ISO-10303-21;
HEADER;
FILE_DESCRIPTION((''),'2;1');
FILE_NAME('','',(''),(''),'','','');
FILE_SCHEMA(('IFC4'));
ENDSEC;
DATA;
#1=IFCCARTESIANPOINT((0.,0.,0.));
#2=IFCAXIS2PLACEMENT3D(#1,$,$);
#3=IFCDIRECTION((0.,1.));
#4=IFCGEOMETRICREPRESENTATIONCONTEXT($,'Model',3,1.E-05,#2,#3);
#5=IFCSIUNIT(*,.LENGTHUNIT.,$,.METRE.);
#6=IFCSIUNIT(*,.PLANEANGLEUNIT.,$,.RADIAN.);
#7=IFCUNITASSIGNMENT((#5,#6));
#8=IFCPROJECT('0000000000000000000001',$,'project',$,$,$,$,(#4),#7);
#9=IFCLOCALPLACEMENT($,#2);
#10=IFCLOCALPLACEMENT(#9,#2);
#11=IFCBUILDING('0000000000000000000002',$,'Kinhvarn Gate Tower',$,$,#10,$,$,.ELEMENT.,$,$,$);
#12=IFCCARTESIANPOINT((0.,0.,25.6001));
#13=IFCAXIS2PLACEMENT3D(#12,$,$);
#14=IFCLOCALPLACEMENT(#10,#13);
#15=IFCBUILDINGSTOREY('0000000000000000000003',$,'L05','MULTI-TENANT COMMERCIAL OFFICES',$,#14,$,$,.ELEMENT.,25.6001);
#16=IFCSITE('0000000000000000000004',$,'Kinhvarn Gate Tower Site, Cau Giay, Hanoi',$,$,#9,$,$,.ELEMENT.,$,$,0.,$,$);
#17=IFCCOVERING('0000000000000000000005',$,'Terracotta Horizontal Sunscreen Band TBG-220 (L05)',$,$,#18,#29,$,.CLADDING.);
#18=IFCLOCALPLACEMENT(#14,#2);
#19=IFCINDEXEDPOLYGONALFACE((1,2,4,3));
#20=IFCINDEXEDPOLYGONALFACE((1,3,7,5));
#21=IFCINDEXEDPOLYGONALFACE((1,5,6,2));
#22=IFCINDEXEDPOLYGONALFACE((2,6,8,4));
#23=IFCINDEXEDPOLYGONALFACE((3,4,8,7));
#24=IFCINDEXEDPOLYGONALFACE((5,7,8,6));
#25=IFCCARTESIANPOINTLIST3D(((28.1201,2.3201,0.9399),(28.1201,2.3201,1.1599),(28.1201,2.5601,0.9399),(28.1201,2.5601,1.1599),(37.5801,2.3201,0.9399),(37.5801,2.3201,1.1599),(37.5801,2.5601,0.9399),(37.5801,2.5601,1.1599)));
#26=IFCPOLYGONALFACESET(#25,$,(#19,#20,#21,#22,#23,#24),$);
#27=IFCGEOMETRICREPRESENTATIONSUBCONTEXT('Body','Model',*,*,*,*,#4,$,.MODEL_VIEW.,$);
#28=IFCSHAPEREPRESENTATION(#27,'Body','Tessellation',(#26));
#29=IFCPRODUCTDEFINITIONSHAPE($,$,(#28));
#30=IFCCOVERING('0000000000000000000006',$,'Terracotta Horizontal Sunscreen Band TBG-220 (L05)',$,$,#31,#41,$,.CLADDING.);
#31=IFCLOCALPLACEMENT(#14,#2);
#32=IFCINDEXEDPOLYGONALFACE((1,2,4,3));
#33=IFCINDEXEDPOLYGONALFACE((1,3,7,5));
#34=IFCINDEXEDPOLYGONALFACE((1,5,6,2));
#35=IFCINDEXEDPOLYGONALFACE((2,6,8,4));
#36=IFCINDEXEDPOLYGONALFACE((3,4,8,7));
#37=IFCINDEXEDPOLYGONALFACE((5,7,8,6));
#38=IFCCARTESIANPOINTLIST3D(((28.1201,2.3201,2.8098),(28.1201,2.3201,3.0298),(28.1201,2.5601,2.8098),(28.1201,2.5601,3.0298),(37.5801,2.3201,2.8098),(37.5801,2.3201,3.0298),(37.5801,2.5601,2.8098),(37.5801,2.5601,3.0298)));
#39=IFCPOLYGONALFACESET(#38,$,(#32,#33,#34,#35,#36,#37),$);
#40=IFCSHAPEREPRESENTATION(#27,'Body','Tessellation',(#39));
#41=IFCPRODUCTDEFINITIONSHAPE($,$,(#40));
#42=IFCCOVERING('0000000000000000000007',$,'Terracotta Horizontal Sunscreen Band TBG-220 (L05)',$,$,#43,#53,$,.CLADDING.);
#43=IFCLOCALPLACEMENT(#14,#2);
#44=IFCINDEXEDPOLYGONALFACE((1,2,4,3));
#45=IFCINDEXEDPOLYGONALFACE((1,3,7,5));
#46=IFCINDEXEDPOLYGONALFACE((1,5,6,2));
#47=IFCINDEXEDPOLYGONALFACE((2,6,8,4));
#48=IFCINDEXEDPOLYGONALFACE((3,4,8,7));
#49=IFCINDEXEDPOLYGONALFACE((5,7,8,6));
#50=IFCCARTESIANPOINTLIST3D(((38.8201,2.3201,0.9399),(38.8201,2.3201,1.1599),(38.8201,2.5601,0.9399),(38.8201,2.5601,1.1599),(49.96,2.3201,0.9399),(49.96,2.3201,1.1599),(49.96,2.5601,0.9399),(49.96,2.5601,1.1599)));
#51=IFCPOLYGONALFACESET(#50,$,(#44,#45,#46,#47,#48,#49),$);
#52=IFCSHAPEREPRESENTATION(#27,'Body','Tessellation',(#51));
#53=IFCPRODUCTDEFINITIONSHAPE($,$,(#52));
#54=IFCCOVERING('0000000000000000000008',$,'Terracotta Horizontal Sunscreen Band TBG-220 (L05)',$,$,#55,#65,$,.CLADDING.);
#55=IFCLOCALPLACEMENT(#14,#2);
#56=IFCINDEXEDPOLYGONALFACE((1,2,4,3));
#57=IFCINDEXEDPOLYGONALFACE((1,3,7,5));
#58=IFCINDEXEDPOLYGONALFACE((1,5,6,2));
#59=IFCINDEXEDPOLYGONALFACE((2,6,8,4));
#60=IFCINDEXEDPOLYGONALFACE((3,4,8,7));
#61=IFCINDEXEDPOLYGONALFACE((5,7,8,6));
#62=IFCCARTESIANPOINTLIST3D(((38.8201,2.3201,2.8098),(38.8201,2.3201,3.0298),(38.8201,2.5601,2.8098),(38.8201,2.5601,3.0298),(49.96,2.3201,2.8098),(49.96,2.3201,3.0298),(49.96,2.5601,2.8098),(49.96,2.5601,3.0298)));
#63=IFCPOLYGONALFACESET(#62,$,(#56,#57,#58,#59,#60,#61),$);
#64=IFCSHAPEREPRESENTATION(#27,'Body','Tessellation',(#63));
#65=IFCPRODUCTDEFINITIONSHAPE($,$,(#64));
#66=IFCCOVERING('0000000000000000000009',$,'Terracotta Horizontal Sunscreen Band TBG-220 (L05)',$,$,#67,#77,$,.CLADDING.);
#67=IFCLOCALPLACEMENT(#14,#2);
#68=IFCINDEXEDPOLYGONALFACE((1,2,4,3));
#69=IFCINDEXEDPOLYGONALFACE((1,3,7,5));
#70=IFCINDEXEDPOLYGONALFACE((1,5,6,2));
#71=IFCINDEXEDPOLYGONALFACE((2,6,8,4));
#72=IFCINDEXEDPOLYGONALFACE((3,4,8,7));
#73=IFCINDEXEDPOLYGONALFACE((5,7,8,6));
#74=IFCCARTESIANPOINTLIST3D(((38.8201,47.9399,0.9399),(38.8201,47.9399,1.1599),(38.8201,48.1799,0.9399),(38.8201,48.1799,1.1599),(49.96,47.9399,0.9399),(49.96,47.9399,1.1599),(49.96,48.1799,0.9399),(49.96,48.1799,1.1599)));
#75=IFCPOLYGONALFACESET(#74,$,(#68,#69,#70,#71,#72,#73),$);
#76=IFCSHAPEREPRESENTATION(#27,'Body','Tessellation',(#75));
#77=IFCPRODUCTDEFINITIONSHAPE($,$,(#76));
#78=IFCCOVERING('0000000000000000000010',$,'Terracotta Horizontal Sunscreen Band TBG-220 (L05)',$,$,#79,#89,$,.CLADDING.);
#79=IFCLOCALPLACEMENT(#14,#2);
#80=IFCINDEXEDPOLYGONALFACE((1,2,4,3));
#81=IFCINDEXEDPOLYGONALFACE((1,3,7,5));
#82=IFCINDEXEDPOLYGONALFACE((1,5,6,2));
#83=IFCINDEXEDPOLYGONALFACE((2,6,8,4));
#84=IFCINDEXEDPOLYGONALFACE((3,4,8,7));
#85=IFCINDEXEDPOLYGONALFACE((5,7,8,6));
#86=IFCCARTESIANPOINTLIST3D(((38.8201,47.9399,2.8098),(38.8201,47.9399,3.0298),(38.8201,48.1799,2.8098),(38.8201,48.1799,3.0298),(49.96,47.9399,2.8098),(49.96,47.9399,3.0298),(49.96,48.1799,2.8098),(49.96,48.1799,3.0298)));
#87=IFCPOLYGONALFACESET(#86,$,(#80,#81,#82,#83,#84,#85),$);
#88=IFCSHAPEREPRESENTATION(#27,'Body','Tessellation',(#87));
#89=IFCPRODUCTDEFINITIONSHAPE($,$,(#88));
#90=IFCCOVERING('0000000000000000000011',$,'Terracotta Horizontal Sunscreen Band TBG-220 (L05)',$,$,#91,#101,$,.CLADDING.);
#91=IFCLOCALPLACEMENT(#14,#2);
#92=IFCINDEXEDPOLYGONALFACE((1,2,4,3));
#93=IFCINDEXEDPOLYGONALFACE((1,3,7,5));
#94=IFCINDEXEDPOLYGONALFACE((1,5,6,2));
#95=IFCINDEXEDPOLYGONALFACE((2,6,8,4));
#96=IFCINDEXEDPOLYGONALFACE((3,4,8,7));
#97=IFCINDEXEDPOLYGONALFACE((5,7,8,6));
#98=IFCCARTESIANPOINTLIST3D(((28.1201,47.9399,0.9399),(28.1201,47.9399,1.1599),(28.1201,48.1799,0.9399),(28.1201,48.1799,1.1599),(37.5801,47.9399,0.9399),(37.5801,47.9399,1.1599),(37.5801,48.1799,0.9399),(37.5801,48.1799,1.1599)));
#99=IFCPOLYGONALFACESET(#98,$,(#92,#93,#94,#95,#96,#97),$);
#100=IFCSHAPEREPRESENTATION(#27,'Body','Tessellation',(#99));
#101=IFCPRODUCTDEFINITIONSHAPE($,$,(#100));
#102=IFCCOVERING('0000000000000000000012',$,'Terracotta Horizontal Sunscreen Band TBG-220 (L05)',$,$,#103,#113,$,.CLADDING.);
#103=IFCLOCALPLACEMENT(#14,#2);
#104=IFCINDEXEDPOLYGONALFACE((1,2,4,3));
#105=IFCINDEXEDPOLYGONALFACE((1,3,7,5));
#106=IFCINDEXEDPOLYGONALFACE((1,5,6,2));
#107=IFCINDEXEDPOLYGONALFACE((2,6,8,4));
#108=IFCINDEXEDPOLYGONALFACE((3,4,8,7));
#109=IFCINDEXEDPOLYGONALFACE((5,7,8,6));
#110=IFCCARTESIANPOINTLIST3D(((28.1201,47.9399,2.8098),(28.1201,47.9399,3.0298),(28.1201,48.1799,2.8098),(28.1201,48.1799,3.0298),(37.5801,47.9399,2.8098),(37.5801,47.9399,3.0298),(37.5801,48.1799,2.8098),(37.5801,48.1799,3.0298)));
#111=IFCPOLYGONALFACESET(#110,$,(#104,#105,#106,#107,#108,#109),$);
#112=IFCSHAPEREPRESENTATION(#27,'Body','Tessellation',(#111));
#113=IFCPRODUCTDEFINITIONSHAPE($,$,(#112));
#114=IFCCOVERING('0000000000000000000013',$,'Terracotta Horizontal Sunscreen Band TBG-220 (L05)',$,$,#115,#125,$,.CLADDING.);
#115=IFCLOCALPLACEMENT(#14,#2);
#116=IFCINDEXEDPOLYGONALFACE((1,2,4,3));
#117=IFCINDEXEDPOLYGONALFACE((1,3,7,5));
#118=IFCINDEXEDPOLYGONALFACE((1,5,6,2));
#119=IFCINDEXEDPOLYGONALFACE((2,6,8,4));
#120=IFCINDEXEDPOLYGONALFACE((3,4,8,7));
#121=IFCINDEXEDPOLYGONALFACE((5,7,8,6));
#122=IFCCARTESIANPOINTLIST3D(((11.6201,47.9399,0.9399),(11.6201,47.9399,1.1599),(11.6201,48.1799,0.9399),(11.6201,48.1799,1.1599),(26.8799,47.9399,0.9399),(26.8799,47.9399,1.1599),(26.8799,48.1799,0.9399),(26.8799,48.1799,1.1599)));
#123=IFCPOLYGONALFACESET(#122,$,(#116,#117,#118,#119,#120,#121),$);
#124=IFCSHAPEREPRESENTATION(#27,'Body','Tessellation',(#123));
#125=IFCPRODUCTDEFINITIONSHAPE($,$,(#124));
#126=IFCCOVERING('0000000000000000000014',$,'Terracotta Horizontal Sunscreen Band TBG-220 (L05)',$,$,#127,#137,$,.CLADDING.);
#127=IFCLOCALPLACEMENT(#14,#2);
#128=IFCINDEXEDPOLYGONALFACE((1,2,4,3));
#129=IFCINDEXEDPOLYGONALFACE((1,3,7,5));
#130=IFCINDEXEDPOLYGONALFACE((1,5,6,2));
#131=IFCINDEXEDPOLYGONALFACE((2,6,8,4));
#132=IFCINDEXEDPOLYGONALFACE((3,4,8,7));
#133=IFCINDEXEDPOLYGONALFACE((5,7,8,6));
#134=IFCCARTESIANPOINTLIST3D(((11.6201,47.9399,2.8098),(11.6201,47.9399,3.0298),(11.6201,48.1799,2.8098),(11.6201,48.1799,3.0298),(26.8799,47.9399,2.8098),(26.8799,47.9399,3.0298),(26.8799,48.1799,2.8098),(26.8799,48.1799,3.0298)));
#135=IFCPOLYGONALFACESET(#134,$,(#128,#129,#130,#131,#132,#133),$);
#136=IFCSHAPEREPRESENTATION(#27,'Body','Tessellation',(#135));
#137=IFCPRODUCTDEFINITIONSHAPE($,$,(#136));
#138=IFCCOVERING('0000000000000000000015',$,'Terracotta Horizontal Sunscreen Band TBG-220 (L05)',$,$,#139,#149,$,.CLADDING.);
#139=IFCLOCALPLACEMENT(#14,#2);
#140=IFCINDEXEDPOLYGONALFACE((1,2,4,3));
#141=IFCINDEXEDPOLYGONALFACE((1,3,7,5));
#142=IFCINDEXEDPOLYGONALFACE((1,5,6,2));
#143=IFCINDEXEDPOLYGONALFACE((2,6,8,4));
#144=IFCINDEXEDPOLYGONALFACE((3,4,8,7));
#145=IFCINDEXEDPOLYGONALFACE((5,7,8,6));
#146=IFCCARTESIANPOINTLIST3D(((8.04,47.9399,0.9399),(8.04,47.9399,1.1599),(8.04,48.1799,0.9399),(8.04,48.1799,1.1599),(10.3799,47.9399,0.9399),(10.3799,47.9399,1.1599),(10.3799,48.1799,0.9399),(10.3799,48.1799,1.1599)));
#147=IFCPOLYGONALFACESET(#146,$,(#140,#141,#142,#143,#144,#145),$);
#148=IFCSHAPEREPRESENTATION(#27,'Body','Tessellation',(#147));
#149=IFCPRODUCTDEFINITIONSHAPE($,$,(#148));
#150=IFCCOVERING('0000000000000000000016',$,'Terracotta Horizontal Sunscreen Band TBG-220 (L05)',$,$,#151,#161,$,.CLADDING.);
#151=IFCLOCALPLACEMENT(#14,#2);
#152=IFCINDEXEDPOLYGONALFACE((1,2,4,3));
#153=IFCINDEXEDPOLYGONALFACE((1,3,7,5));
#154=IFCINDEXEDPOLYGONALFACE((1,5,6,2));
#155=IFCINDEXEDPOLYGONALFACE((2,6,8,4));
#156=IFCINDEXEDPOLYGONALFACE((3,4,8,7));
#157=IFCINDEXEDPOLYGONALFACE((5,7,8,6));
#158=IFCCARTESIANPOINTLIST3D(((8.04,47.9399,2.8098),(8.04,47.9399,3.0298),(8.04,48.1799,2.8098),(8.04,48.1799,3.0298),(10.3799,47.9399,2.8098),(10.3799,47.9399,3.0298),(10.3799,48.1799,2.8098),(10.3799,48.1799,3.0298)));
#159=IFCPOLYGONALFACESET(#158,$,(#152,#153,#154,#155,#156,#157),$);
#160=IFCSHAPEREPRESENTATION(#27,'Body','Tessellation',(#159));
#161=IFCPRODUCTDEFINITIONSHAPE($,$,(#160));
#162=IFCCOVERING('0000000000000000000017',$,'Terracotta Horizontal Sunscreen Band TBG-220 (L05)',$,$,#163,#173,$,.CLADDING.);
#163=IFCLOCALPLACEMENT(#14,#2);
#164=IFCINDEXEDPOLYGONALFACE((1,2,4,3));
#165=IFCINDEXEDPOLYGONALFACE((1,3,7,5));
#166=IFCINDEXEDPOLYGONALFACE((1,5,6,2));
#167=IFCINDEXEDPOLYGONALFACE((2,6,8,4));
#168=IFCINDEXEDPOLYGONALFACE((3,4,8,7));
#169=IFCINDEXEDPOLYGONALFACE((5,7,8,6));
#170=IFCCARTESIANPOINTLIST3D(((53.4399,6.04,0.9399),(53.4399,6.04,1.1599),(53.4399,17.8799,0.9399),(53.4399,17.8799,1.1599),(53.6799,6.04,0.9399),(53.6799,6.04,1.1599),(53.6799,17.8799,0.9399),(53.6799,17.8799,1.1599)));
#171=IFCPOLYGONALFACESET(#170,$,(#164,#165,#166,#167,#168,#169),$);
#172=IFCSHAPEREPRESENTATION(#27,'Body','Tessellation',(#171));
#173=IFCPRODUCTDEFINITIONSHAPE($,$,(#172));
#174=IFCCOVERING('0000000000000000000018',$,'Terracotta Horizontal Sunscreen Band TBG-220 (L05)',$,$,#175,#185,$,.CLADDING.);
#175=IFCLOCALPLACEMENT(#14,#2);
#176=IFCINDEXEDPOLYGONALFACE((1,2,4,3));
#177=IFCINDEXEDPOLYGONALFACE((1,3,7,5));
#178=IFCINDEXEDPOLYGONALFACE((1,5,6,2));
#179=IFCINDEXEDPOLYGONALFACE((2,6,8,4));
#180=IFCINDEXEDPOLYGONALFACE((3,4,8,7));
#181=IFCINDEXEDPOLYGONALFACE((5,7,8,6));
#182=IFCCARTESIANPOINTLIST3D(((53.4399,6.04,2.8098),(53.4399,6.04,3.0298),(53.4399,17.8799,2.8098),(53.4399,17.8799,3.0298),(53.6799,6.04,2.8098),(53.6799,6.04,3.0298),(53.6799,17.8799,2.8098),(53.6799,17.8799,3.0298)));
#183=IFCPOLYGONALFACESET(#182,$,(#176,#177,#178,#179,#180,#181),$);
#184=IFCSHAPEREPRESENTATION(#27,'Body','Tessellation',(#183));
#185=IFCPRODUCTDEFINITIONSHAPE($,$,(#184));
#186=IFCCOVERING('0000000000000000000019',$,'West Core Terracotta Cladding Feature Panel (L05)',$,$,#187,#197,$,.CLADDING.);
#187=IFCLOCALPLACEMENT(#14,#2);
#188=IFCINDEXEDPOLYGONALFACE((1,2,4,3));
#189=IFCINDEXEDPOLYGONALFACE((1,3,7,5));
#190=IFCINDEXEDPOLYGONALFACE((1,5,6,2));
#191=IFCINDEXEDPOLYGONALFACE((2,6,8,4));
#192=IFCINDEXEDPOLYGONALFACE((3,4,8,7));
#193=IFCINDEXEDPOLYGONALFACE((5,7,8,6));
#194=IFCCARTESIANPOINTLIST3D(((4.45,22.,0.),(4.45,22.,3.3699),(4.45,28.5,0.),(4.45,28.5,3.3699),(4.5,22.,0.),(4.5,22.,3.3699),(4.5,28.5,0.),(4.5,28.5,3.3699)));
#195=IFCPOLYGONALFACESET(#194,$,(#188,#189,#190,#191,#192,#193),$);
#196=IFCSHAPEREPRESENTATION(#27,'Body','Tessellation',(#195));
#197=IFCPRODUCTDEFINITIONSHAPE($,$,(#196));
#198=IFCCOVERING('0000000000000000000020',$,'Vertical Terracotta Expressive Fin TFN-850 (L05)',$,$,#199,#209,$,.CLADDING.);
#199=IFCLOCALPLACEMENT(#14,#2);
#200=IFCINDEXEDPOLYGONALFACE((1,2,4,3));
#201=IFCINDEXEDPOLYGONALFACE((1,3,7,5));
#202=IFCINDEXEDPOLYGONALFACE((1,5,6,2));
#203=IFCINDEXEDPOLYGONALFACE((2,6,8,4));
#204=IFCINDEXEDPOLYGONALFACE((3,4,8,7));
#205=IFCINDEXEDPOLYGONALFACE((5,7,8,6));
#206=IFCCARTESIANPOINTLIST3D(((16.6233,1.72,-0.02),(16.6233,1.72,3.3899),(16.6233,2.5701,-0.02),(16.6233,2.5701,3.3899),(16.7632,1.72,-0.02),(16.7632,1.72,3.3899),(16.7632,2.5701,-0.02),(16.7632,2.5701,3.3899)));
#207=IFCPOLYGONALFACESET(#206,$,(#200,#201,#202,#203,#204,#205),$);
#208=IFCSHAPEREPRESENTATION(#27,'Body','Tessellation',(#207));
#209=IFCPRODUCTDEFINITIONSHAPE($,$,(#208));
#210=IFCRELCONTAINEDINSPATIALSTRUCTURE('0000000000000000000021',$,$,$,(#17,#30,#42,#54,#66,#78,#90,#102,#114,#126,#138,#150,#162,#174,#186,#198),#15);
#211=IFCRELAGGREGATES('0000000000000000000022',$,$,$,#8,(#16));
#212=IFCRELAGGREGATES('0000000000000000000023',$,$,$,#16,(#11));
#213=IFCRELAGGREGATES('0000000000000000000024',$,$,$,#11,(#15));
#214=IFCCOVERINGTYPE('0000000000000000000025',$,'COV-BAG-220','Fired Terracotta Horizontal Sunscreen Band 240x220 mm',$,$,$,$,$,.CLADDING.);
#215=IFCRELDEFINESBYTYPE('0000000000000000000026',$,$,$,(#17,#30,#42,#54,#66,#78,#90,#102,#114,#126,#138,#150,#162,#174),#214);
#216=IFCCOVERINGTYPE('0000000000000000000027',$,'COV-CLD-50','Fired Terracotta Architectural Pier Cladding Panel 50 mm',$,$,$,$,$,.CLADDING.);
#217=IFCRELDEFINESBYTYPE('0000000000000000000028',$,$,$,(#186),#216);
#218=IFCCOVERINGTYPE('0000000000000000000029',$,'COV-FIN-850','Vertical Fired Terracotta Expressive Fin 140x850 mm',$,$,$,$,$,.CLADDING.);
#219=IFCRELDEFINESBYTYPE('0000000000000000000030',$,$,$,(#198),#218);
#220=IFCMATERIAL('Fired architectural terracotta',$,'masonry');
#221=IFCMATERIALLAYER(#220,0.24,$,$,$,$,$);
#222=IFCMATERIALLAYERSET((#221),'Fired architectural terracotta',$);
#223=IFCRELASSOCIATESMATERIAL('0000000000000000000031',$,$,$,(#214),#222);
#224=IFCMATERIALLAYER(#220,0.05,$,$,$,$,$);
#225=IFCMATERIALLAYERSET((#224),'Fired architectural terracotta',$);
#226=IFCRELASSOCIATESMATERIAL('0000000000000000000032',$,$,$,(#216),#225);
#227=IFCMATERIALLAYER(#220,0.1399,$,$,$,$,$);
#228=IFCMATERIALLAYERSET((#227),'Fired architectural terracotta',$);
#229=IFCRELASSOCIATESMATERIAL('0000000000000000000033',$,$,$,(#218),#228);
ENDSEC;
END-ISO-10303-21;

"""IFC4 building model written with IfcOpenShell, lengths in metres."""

from ifc_helpers import new_model, si_unit, direction, frame, origin, place, context, subcontext, project, spatial, polyline, outline, extrude, material, layer, layer_set, type_object, element, save


model = new_model("IFC4")

# Units and contexts
model_context = context("Model", 3, precision=1e-05, world=origin(), true_north=direction((0.0, 1.0)))
body_context = subcontext(model_context, "Body", "Model", "MODEL_VIEW")
ifc_project = project(units=[si_unit("LENGTHUNIT", "METRE"), si_unit("PLANEANGLEUNIT", "RADIAN")], contexts=[model_context])

# Site, building, storey
site_placement = place(None, origin())
site = spatial("IfcSite", under=ifc_project, at=site_placement, Name="Kinhvarn Gate Tower Site, Cau Giay, Hanoi", CompositionType="ELEMENT", RefElevation=0.0)
building_placement = place(site_placement, origin())
building = spatial("IfcBuilding", under=site, at=building_placement, Name="Kinhvarn Gate Tower", CompositionType="ELEMENT")
storey_placement = place(building_placement, frame((0.0, 0.0, 25.6001)))
storey = spatial("IfcBuildingStorey", under=building, at=storey_placement, Name="L05", Description="MULTI-TENANT COMMERCIAL OFFICES", CompositionType="ELEMENT", Elevation=25.6001)

# Coverings
ifc_material_1 = material(Name="Fired architectural terracotta", Category="masonry")
ifc_layer_1 = layer(ifc_material_1, 0.24)
ifc_layer_set_1 = layer_set([ifc_layer_1], Name="Fired architectural terracotta")
covering_type_1 = type_object("IfcCoveringType", Name="COV-BAG-220", Description="Fired Terracotta Horizontal Sunscreen Band 240x220 mm", PredefinedType="CLADDING", material=ifc_layer_set_1)
for number, where, name in (
    (1, (0.0, 0.0, 0.9399), "Terracotta Horizontal Sunscreen Band TBG-220 (L05)"),
    (2, (0.0, 0.0, 2.8098), "Terracotta Horizontal Sunscreen Band TBG-220 (L05)"),
):
    element("IfcCovering", number, at=place(storey_placement, frame(where)), inside=storey, type_object=covering_type_1, Name=name, PredefinedType="CLADDING", context=body_context, shape_type="SweptSolid", body=[
        extrude(outline(polyline([(28.1201, 2.5601), (37.5801, 2.5601), (37.5801, 2.3201), (28.1201, 2.3201), (28.1201, 2.5601)])), origin(), (0.0, 0.0, 1.0), 0.22),
    ])
for number, where, name in (
    (3, (0.0, 0.0, 0.9399), "Terracotta Horizontal Sunscreen Band TBG-220 (L05)"),
    (4, (0.0, 0.0, 2.8098), "Terracotta Horizontal Sunscreen Band TBG-220 (L05)"),
):
    element("IfcCovering", number, at=place(storey_placement, frame(where)), inside=storey, type_object=covering_type_1, Name=name, PredefinedType="CLADDING", context=body_context, shape_type="SweptSolid", body=[
        extrude(outline(polyline([(38.8201, 2.5601), (49.96, 2.5601), (49.96, 2.3201), (38.8201, 2.3201), (38.8201, 2.5601)])), origin(), (0.0, 0.0, 1.0), 0.22),
    ])
for number, where, name in (
    (5, (0.0, 0.0, 0.9399), "Terracotta Horizontal Sunscreen Band TBG-220 (L05)"),
    (6, (0.0, 0.0, 2.8098), "Terracotta Horizontal Sunscreen Band TBG-220 (L05)"),
):
    element("IfcCovering", number, at=place(storey_placement, frame(where)), inside=storey, type_object=covering_type_1, Name=name, PredefinedType="CLADDING", context=body_context, shape_type="SweptSolid", body=[
        extrude(outline(polyline([(49.96, 47.9399), (38.8201, 47.9399), (38.8201, 48.1799), (49.96, 48.1799), (49.96, 47.9399)])), origin(), (0.0, 0.0, 1.0), 0.22),
    ])
for number, where, name in (
    (7, (0.0, 0.0, 0.9399), "Terracotta Horizontal Sunscreen Band TBG-220 (L05)"),
    (8, (0.0, 0.0, 2.8098), "Terracotta Horizontal Sunscreen Band TBG-220 (L05)"),
):
    element("IfcCovering", number, at=place(storey_placement, frame(where)), inside=storey, type_object=covering_type_1, Name=name, PredefinedType="CLADDING", context=body_context, shape_type="SweptSolid", body=[
        extrude(outline(polyline([(37.5801, 47.9399), (28.1201, 47.9399), (28.1201, 48.1799), (37.5801, 48.1799), (37.5801, 47.9399)])), origin(), (0.0, 0.0, 1.0), 0.22),
    ])
for number, where, name in (
    (9, (0.0, 0.0, 0.9399), "Terracotta Horizontal Sunscreen Band TBG-220 (L05)"),
    (10, (0.0, 0.0, 2.8098), "Terracotta Horizontal Sunscreen Band TBG-220 (L05)"),
):
    element("IfcCovering", number, at=place(storey_placement, frame(where)), inside=storey, type_object=covering_type_1, Name=name, PredefinedType="CLADDING", context=body_context, shape_type="SweptSolid", body=[
        extrude(outline(polyline([(26.8799, 47.9399), (11.6201, 47.9399), (11.6201, 48.1799), (26.8799, 48.1799), (26.8799, 47.9399)])), origin(), (0.0, 0.0, 1.0), 0.22),
    ])
for number, where, name in (
    (11, (0.0, 0.0, 0.9399), "Terracotta Horizontal Sunscreen Band TBG-220 (L05)"),
    (12, (0.0, 0.0, 2.8098), "Terracotta Horizontal Sunscreen Band TBG-220 (L05)"),
):
    element("IfcCovering", number, at=place(storey_placement, frame(where)), inside=storey, type_object=covering_type_1, Name=name, PredefinedType="CLADDING", context=body_context, shape_type="SweptSolid", body=[
        extrude(outline(polyline([(10.3799, 47.9399), (8.04, 47.9399), (8.04, 48.1799), (10.3799, 48.1799), (10.3799, 47.9399)])), origin(), (0.0, 0.0, 1.0), 0.22),
    ])
for number, where, name in (
    (13, (0.0, 0.0, 0.9399), "Terracotta Horizontal Sunscreen Band TBG-220 (L05)"),
    (14, (0.0, 0.0, 2.8098), "Terracotta Horizontal Sunscreen Band TBG-220 (L05)"),
):
    element("IfcCovering", number, at=place(storey_placement, frame(where)), inside=storey, type_object=covering_type_1, Name=name, PredefinedType="CLADDING", context=body_context, shape_type="SweptSolid", body=[
        extrude(outline(polyline([(53.4399, 6.04), (53.4399, 17.8799), (53.6799, 17.8799), (53.6799, 6.04), (53.4399, 6.04)])), origin(), (0.0, 0.0, 1.0), 0.22),
    ])
ifc_layer_2 = layer(ifc_material_1, 0.05)
ifc_layer_set_2 = layer_set([ifc_layer_2], Name="Fired architectural terracotta")
covering_type_2 = type_object("IfcCoveringType", Name="COV-CLD-50", Description="Fired Terracotta Architectural Pier Cladding Panel 50 mm", PredefinedType="CLADDING", material=ifc_layer_set_2)
covering_1_placement = place(storey_placement, origin())
element("IfcCovering", 15, at=covering_1_placement, inside=storey, type_object=covering_type_2, Name="West Core Terracotta Cladding Feature Panel (L05)", PredefinedType="CLADDING", context=body_context, shape_type="SweptSolid", body=[
    extrude(outline(polyline([(4.45, 22.0), (4.5, 22.0), (4.5, 28.5), (4.45, 28.5), (4.45, 22.0)])), origin(), (0.0, 0.0, 1.0), 3.3699),
])
ifc_layer_3 = layer(ifc_material_1, 0.1399)
ifc_layer_set_3 = layer_set([ifc_layer_3], Name="Fired architectural terracotta")
covering_type_3 = type_object("IfcCoveringType", Name="COV-FIN-850", Description="Vertical Fired Terracotta Expressive Fin 140x850 mm", PredefinedType="CLADDING", material=ifc_layer_set_3)
covering_2_placement = place(storey_placement, frame((0.0, 0.0, -0.02)))
element("IfcCovering", 16, at=covering_2_placement, inside=storey, type_object=covering_type_3, Name="Vertical Terracotta Expressive Fin TFN-850 (L05)", PredefinedType="CLADDING", context=body_context, shape_type="SweptSolid", body=[
    extrude(outline(polyline([(16.6233, 2.5701), (16.7632, 2.5701), (16.7632, 1.72), (16.6233, 1.72), (16.6233, 2.5701)])), origin(), (0.0, 0.0, 1.0), 3.4099),
])

save(model, "model.ifc")
